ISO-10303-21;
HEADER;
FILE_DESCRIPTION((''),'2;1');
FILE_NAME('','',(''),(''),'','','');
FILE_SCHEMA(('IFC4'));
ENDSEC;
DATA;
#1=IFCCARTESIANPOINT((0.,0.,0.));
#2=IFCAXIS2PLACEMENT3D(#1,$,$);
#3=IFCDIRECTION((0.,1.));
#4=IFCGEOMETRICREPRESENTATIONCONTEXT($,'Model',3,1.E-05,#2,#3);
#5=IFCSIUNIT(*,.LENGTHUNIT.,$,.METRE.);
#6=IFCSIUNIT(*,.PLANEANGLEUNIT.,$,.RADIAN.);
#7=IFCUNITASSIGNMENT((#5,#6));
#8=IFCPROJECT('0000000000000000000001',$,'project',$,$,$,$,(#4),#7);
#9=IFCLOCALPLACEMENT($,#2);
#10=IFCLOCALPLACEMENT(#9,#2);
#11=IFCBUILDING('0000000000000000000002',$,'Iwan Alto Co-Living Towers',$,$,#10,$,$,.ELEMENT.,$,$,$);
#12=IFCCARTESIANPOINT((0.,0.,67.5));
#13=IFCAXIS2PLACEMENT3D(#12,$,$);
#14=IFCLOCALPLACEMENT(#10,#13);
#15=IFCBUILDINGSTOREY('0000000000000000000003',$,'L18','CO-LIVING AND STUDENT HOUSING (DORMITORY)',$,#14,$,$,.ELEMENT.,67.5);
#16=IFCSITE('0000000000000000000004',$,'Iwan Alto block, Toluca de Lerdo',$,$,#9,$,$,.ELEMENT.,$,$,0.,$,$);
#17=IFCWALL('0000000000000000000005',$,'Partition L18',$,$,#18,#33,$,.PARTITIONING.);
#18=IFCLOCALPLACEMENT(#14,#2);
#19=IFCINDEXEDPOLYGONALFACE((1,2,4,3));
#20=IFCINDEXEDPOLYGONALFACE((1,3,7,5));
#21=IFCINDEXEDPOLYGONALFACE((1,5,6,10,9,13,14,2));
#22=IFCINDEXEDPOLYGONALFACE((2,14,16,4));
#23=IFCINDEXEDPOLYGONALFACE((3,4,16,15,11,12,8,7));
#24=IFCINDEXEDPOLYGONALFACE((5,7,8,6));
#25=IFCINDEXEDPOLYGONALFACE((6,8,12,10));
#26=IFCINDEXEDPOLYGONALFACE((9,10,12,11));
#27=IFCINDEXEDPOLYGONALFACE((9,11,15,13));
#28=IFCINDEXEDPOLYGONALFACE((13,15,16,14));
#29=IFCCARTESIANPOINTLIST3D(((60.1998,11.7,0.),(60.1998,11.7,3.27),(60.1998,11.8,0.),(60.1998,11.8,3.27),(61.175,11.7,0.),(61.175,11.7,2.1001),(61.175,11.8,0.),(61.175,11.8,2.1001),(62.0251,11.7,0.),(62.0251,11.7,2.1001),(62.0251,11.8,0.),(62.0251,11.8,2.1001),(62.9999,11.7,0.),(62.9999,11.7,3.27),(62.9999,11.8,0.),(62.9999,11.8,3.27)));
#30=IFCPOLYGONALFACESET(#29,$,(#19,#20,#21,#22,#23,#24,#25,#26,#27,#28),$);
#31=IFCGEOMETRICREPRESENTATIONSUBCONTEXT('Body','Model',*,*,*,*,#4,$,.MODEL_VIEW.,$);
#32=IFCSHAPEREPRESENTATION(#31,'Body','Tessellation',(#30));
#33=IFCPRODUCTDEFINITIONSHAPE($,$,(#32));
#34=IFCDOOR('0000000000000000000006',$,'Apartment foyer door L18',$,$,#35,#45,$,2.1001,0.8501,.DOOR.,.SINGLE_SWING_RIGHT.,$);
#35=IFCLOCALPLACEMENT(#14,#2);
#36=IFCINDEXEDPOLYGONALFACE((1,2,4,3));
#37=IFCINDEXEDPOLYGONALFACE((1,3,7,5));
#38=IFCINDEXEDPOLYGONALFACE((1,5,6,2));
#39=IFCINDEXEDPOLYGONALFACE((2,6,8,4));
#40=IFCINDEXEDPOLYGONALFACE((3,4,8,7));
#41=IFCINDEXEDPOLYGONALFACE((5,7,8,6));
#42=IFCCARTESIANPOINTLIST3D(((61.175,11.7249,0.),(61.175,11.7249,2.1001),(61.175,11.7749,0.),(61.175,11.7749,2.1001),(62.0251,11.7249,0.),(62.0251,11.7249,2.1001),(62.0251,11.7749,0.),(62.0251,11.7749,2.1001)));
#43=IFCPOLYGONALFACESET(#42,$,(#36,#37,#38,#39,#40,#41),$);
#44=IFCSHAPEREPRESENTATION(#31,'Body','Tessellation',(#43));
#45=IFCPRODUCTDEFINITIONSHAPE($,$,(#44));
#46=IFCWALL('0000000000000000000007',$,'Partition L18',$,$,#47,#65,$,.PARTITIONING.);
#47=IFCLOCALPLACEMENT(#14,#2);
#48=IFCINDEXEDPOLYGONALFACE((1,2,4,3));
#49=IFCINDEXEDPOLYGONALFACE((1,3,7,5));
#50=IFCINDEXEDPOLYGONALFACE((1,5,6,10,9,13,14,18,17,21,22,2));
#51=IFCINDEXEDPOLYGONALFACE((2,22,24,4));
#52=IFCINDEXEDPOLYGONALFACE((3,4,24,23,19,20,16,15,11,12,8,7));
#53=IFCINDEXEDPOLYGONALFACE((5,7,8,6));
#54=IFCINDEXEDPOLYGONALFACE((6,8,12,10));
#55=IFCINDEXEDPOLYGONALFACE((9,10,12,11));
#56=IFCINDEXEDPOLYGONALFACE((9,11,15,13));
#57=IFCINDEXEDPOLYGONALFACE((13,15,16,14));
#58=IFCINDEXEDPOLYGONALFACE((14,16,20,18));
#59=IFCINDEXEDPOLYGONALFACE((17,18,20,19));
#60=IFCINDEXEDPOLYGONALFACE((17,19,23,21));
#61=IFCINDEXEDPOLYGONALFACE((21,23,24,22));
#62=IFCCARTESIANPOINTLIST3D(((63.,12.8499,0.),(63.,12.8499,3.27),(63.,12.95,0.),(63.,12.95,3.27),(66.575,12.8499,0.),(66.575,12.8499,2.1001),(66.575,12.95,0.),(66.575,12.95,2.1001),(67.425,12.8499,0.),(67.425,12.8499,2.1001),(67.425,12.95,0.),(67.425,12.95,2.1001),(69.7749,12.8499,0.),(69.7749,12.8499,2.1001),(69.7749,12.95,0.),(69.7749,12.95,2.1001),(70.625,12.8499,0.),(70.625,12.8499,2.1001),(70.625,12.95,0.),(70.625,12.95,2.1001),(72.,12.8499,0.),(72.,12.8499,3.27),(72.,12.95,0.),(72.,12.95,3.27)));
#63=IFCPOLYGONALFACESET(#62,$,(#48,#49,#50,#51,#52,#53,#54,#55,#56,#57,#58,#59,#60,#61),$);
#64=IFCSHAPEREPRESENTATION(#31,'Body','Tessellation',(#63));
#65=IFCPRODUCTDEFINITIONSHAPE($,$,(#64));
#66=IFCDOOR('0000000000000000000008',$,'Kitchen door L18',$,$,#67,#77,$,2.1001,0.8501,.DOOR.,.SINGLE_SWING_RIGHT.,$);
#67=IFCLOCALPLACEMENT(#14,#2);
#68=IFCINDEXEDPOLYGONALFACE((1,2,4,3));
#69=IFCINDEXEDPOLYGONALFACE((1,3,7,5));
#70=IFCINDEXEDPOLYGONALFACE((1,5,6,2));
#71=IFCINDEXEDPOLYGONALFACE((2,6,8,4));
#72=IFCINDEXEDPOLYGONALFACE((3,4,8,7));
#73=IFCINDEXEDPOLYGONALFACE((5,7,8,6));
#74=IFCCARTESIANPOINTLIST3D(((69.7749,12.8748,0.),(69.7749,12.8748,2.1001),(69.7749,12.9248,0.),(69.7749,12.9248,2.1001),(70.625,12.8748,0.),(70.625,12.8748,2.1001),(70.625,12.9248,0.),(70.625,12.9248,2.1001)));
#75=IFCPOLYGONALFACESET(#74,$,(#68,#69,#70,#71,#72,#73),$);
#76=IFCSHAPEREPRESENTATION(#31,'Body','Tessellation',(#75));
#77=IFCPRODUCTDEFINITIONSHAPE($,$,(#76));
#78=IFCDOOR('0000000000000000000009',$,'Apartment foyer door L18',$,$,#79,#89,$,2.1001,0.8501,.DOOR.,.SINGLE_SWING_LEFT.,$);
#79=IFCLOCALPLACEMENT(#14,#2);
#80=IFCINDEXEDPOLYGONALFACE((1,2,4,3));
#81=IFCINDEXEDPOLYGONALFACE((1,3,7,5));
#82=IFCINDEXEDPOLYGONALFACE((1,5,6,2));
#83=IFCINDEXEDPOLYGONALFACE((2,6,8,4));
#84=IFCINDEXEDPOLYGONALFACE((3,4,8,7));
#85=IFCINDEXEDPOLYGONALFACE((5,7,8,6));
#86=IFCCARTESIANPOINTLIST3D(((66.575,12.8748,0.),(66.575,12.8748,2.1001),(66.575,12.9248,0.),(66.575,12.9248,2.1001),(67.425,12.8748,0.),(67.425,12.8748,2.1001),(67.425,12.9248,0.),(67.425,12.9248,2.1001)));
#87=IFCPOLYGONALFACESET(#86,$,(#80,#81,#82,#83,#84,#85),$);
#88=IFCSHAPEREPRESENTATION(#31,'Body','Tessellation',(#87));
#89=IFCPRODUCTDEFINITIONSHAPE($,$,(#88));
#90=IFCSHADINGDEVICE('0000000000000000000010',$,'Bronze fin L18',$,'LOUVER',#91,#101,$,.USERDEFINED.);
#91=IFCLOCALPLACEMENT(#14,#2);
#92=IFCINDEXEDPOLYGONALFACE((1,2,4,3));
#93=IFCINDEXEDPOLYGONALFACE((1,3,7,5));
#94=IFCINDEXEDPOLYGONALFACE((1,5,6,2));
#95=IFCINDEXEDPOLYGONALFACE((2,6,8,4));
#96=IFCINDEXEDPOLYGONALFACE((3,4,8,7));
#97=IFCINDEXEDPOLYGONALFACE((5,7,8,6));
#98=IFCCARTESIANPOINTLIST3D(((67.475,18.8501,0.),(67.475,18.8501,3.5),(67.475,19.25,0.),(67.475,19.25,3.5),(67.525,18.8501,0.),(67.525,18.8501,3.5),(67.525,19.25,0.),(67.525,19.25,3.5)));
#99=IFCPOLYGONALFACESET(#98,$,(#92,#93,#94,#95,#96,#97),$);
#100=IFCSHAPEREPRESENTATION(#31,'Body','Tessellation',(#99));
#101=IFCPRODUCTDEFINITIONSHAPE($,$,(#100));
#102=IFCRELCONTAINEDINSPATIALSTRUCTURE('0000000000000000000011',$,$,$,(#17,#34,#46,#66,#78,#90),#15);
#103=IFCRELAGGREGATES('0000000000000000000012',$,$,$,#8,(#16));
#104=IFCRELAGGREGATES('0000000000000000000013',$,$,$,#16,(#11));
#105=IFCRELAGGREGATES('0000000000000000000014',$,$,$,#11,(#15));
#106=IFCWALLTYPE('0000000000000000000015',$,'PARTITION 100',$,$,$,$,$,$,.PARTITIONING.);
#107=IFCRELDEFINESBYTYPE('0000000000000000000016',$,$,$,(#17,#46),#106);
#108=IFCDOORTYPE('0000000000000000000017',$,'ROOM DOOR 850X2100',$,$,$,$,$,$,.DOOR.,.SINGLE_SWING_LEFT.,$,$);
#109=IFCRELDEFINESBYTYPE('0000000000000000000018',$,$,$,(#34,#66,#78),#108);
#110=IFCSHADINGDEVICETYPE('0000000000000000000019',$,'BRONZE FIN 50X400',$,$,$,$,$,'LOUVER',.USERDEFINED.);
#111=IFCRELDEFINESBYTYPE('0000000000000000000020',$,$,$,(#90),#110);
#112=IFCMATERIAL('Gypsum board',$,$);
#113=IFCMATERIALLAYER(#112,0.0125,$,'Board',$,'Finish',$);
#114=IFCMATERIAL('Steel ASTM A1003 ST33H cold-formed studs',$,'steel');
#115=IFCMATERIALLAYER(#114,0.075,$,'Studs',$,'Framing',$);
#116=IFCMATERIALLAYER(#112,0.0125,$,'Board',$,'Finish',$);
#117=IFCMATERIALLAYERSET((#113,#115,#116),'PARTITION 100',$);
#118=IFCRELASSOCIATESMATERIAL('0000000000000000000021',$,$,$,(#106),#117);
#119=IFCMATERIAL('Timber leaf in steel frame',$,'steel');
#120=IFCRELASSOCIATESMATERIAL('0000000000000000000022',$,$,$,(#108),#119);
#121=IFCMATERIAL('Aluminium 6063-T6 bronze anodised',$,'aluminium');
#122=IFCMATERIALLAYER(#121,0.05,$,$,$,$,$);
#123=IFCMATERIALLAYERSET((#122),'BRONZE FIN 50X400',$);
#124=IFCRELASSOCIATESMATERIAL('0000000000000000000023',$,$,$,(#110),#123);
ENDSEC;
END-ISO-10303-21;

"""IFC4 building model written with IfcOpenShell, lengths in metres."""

from ifc_helpers import new_model, si_unit, direction, frame, frame_2d, origin, origin_2d, place, context, subcontext, project, spatial, rectangle, extrude, material, layer, layer_set, type_object, element, fill, save


model = new_model("IFC4")

# Units and contexts
model_context = context("Model", 3, precision=1e-05, world=origin(), true_north=direction((0.0, 1.0)))
body_context = subcontext(model_context, "Body", "Model", "MODEL_VIEW")
ifc_project = project(units=[si_unit("LENGTHUNIT", "METRE"), si_unit("PLANEANGLEUNIT", "RADIAN")], contexts=[model_context])

# Site, building, storey
site_placement = place(None, origin())
site = spatial("IfcSite", under=ifc_project, at=site_placement, Name="Iwan Alto block, Toluca de Lerdo", CompositionType="ELEMENT", RefElevation=0.0)
building_placement = place(site_placement, origin())
building = spatial("IfcBuilding", under=site, at=building_placement, Name="Iwan Alto Co-Living Towers", CompositionType="ELEMENT")
storey_placement = place(building_placement, frame((0.0, 0.0, 67.5)))
storey = spatial("IfcBuildingStorey", under=building, at=storey_placement, Name="L18", Description="CO-LIVING AND STUDENT HOUSING (DORMITORY)", CompositionType="ELEMENT", Elevation=67.5)

# Wall, opening, door
ifc_material_1 = material(Name="Gypsum board")
ifc_layer_1 = layer(ifc_material_1, 0.0125, Name="Board", Category="Finish")
ifc_material_2 = material(Name="Steel ASTM A1003 ST33H cold-formed studs", Category="steel")
ifc_layer_2 = layer(ifc_material_2, 0.075, Name="Studs", Category="Framing")
ifc_layer_3 = layer(ifc_material_1, 0.0125, Name="Board", Category="Finish")
ifc_layer_set_1 = layer_set([ifc_layer_1, ifc_layer_2, ifc_layer_3], Name="PARTITION 100")
wall_type = type_object("IfcWallType", Name="PARTITION 100", PredefinedType="PARTITIONING", material=ifc_layer_set_1)
wall_1_placement = place(storey_placement, frame((60.2, 11.75, 0.0), z_axis=(0.0, 0.0, 1.0), x_axis=(1.0, 0.0, 0.0)))
wall_1 = element("IfcWall", 1, at=wall_1_placement, inside=storey, type_object=wall_type, Name="Partition L18", PredefinedType="PARTITIONING", context=body_context, shape_type="SweptSolid", body=[
    extrude(rectangle(XDim=2.8, YDim=0.1001, at=frame_2d((1.3999, 0.0))), origin(), (0.0, 0.0, 1.0), 3.27),
])
opening_1_placement = place(wall_1_placement, frame((0.9751, 0.0, 0.0)))
opening_1 = element("IfcOpeningElement", 2, at=opening_1_placement, cuts=wall_1, PredefinedType="OPENING", context=body_context, shape_type="SweptSolid", body=[
    extrude(rectangle(XDim=0.8501, YDim=2.1001, at=frame_2d((0.425, 1.05))), frame((0.0, 0.0601, 0.0), z_axis=(0.0, -1.0, 0.0), x_axis=(1.0, 0.0, 0.0)), (0.0, 0.0, 1.0), 0.1201),
])
ifc_material_3 = material(Name="Timber leaf in steel frame", Category="steel")
door_type = type_object("IfcDoorType", Name="ROOM DOOR 850X2100", OperationType="SINGLE_SWING_LEFT", PredefinedType="DOOR", material=ifc_material_3)
door_1_placement = place(opening_1_placement, origin())
door_1 = element("IfcDoor", 3, at=door_1_placement, inside=storey, type_object=door_type, Name="Apartment foyer door L18", OperationType="SINGLE_SWING_RIGHT", OverallHeight=2.1001, OverallWidth=0.8501, PredefinedType="DOOR", context=body_context, shape_type="SweptSolid", body=[
    extrude(rectangle(XDim=0.8501, YDim=2.1001, at=frame_2d((0.425, 1.05))), frame((0.0, 0.0249, 0.0), z_axis=(0.0, -1.0, 0.0), x_axis=(1.0, 0.0, 0.0)), (0.0, 0.0, 1.0), 0.05),
])
fill(opening_1, door_1)

# Wall, openings, doors
wall_2_placement = place(storey_placement, frame((63.0, 12.8999, 0.0), z_axis=(0.0, 0.0, 1.0), x_axis=(1.0, 0.0, 0.0)))
wall_2 = element("IfcWall", 4, at=wall_2_placement, inside=storey, type_object=wall_type, Name="Partition L18", PredefinedType="PARTITIONING", context=body_context, shape_type="SweptSolid", body=[
    extrude(rectangle(XDim=9.0, YDim=0.1001, at=frame_2d((4.5, 0.0))), origin(), (0.0, 0.0, 1.0), 3.27),
])
opening_2_placement = place(wall_2_placement, frame((6.7749, 0.0, 0.0)))
opening_2 = element("IfcOpeningElement", 5, at=opening_2_placement, cuts=wall_2, PredefinedType="OPENING", context=body_context, shape_type="SweptSolid", body=[
    extrude(rectangle(XDim=0.8501, YDim=2.1001, at=frame_2d((0.425, 1.05))), frame((0.0, 0.0601, 0.0), z_axis=(0.0, -1.0, 0.0), x_axis=(1.0, 0.0, 0.0)), (0.0, 0.0, 1.0), 0.1201),
])
opening_3_placement = place(wall_2_placement, frame((3.575, 0.0, 0.0)))
opening_3 = element("IfcOpeningElement", 6, at=opening_3_placement, cuts=wall_2, PredefinedType="OPENING", context=body_context, shape_type="SweptSolid", body=[
    extrude(rectangle(XDim=0.8501, YDim=2.1001, at=frame_2d((0.425, 1.05))), frame((0.0, 0.0601, 0.0), z_axis=(0.0, -1.0, 0.0), x_axis=(1.0, 0.0, 0.0)), (0.0, 0.0, 1.0), 0.1201),
])
door_2_placement = place(opening_2_placement, origin())
door_2 = element("IfcDoor", 7, at=door_2_placement, inside=storey, type_object=door_type, Name="Kitchen door L18", OperationType="SINGLE_SWING_RIGHT", OverallHeight=2.1001, OverallWidth=0.8501, PredefinedType="DOOR", context=body_context, shape_type="SweptSolid", body=[
    extrude(rectangle(XDim=0.8501, YDim=2.1001, at=frame_2d((0.425, 1.05))), frame((0.0, 0.0249, 0.0), z_axis=(0.0, -1.0, 0.0), x_axis=(1.0, 0.0, 0.0)), (0.0, 0.0, 1.0), 0.05),
])
fill(opening_2, door_2)
door_3_placement = place(opening_3_placement, origin())
door_3 = element("IfcDoor", 8, at=door_3_placement, inside=storey, type_object=door_type, Name="Apartment foyer door L18", OperationType="SINGLE_SWING_LEFT", OverallHeight=2.1001, OverallWidth=0.8501, PredefinedType="DOOR", context=body_context, shape_type="SweptSolid", body=[
    extrude(rectangle(XDim=0.8501, YDim=2.1001, at=frame_2d((0.425, 1.05))), frame((0.0, 0.0249, 0.0), z_axis=(0.0, -1.0, 0.0), x_axis=(1.0, 0.0, 0.0)), (0.0, 0.0, 1.0), 0.05),
])
fill(opening_3, door_3)

# Shading device
ifc_material_4 = material(Name="Aluminium 6063-T6 bronze anodised", Category="aluminium")
ifc_layer_4 = layer(ifc_material_4, 0.05)
ifc_layer_set_2 = layer_set([ifc_layer_4], Name="BRONZE FIN 50X400")
shading_device_type = type_object("IfcShadingDeviceType", Name="BRONZE FIN 50X400", ElementType="LOUVER", PredefinedType="USERDEFINED", material=ifc_layer_set_2)
shading_device_placement = place(storey_placement, frame((67.5, 19.05, 0.0), z_axis=(0.0, 0.0, 1.0), x_axis=(-1.0, 0.0, 0.0)))
element("IfcShadingDevice", 9, at=shading_device_placement, inside=storey, type_object=shading_device_type, Name="Bronze fin L18", ObjectType="LOUVER", PredefinedType="USERDEFINED", context=body_context, shape_type="SweptSolid", body=[
    extrude(rectangle(XDim=0.05, YDim=0.3999, at=origin_2d()), origin(), (0.0, 0.0, 1.0), 3.5),
])

save(model, "model.ifc")
